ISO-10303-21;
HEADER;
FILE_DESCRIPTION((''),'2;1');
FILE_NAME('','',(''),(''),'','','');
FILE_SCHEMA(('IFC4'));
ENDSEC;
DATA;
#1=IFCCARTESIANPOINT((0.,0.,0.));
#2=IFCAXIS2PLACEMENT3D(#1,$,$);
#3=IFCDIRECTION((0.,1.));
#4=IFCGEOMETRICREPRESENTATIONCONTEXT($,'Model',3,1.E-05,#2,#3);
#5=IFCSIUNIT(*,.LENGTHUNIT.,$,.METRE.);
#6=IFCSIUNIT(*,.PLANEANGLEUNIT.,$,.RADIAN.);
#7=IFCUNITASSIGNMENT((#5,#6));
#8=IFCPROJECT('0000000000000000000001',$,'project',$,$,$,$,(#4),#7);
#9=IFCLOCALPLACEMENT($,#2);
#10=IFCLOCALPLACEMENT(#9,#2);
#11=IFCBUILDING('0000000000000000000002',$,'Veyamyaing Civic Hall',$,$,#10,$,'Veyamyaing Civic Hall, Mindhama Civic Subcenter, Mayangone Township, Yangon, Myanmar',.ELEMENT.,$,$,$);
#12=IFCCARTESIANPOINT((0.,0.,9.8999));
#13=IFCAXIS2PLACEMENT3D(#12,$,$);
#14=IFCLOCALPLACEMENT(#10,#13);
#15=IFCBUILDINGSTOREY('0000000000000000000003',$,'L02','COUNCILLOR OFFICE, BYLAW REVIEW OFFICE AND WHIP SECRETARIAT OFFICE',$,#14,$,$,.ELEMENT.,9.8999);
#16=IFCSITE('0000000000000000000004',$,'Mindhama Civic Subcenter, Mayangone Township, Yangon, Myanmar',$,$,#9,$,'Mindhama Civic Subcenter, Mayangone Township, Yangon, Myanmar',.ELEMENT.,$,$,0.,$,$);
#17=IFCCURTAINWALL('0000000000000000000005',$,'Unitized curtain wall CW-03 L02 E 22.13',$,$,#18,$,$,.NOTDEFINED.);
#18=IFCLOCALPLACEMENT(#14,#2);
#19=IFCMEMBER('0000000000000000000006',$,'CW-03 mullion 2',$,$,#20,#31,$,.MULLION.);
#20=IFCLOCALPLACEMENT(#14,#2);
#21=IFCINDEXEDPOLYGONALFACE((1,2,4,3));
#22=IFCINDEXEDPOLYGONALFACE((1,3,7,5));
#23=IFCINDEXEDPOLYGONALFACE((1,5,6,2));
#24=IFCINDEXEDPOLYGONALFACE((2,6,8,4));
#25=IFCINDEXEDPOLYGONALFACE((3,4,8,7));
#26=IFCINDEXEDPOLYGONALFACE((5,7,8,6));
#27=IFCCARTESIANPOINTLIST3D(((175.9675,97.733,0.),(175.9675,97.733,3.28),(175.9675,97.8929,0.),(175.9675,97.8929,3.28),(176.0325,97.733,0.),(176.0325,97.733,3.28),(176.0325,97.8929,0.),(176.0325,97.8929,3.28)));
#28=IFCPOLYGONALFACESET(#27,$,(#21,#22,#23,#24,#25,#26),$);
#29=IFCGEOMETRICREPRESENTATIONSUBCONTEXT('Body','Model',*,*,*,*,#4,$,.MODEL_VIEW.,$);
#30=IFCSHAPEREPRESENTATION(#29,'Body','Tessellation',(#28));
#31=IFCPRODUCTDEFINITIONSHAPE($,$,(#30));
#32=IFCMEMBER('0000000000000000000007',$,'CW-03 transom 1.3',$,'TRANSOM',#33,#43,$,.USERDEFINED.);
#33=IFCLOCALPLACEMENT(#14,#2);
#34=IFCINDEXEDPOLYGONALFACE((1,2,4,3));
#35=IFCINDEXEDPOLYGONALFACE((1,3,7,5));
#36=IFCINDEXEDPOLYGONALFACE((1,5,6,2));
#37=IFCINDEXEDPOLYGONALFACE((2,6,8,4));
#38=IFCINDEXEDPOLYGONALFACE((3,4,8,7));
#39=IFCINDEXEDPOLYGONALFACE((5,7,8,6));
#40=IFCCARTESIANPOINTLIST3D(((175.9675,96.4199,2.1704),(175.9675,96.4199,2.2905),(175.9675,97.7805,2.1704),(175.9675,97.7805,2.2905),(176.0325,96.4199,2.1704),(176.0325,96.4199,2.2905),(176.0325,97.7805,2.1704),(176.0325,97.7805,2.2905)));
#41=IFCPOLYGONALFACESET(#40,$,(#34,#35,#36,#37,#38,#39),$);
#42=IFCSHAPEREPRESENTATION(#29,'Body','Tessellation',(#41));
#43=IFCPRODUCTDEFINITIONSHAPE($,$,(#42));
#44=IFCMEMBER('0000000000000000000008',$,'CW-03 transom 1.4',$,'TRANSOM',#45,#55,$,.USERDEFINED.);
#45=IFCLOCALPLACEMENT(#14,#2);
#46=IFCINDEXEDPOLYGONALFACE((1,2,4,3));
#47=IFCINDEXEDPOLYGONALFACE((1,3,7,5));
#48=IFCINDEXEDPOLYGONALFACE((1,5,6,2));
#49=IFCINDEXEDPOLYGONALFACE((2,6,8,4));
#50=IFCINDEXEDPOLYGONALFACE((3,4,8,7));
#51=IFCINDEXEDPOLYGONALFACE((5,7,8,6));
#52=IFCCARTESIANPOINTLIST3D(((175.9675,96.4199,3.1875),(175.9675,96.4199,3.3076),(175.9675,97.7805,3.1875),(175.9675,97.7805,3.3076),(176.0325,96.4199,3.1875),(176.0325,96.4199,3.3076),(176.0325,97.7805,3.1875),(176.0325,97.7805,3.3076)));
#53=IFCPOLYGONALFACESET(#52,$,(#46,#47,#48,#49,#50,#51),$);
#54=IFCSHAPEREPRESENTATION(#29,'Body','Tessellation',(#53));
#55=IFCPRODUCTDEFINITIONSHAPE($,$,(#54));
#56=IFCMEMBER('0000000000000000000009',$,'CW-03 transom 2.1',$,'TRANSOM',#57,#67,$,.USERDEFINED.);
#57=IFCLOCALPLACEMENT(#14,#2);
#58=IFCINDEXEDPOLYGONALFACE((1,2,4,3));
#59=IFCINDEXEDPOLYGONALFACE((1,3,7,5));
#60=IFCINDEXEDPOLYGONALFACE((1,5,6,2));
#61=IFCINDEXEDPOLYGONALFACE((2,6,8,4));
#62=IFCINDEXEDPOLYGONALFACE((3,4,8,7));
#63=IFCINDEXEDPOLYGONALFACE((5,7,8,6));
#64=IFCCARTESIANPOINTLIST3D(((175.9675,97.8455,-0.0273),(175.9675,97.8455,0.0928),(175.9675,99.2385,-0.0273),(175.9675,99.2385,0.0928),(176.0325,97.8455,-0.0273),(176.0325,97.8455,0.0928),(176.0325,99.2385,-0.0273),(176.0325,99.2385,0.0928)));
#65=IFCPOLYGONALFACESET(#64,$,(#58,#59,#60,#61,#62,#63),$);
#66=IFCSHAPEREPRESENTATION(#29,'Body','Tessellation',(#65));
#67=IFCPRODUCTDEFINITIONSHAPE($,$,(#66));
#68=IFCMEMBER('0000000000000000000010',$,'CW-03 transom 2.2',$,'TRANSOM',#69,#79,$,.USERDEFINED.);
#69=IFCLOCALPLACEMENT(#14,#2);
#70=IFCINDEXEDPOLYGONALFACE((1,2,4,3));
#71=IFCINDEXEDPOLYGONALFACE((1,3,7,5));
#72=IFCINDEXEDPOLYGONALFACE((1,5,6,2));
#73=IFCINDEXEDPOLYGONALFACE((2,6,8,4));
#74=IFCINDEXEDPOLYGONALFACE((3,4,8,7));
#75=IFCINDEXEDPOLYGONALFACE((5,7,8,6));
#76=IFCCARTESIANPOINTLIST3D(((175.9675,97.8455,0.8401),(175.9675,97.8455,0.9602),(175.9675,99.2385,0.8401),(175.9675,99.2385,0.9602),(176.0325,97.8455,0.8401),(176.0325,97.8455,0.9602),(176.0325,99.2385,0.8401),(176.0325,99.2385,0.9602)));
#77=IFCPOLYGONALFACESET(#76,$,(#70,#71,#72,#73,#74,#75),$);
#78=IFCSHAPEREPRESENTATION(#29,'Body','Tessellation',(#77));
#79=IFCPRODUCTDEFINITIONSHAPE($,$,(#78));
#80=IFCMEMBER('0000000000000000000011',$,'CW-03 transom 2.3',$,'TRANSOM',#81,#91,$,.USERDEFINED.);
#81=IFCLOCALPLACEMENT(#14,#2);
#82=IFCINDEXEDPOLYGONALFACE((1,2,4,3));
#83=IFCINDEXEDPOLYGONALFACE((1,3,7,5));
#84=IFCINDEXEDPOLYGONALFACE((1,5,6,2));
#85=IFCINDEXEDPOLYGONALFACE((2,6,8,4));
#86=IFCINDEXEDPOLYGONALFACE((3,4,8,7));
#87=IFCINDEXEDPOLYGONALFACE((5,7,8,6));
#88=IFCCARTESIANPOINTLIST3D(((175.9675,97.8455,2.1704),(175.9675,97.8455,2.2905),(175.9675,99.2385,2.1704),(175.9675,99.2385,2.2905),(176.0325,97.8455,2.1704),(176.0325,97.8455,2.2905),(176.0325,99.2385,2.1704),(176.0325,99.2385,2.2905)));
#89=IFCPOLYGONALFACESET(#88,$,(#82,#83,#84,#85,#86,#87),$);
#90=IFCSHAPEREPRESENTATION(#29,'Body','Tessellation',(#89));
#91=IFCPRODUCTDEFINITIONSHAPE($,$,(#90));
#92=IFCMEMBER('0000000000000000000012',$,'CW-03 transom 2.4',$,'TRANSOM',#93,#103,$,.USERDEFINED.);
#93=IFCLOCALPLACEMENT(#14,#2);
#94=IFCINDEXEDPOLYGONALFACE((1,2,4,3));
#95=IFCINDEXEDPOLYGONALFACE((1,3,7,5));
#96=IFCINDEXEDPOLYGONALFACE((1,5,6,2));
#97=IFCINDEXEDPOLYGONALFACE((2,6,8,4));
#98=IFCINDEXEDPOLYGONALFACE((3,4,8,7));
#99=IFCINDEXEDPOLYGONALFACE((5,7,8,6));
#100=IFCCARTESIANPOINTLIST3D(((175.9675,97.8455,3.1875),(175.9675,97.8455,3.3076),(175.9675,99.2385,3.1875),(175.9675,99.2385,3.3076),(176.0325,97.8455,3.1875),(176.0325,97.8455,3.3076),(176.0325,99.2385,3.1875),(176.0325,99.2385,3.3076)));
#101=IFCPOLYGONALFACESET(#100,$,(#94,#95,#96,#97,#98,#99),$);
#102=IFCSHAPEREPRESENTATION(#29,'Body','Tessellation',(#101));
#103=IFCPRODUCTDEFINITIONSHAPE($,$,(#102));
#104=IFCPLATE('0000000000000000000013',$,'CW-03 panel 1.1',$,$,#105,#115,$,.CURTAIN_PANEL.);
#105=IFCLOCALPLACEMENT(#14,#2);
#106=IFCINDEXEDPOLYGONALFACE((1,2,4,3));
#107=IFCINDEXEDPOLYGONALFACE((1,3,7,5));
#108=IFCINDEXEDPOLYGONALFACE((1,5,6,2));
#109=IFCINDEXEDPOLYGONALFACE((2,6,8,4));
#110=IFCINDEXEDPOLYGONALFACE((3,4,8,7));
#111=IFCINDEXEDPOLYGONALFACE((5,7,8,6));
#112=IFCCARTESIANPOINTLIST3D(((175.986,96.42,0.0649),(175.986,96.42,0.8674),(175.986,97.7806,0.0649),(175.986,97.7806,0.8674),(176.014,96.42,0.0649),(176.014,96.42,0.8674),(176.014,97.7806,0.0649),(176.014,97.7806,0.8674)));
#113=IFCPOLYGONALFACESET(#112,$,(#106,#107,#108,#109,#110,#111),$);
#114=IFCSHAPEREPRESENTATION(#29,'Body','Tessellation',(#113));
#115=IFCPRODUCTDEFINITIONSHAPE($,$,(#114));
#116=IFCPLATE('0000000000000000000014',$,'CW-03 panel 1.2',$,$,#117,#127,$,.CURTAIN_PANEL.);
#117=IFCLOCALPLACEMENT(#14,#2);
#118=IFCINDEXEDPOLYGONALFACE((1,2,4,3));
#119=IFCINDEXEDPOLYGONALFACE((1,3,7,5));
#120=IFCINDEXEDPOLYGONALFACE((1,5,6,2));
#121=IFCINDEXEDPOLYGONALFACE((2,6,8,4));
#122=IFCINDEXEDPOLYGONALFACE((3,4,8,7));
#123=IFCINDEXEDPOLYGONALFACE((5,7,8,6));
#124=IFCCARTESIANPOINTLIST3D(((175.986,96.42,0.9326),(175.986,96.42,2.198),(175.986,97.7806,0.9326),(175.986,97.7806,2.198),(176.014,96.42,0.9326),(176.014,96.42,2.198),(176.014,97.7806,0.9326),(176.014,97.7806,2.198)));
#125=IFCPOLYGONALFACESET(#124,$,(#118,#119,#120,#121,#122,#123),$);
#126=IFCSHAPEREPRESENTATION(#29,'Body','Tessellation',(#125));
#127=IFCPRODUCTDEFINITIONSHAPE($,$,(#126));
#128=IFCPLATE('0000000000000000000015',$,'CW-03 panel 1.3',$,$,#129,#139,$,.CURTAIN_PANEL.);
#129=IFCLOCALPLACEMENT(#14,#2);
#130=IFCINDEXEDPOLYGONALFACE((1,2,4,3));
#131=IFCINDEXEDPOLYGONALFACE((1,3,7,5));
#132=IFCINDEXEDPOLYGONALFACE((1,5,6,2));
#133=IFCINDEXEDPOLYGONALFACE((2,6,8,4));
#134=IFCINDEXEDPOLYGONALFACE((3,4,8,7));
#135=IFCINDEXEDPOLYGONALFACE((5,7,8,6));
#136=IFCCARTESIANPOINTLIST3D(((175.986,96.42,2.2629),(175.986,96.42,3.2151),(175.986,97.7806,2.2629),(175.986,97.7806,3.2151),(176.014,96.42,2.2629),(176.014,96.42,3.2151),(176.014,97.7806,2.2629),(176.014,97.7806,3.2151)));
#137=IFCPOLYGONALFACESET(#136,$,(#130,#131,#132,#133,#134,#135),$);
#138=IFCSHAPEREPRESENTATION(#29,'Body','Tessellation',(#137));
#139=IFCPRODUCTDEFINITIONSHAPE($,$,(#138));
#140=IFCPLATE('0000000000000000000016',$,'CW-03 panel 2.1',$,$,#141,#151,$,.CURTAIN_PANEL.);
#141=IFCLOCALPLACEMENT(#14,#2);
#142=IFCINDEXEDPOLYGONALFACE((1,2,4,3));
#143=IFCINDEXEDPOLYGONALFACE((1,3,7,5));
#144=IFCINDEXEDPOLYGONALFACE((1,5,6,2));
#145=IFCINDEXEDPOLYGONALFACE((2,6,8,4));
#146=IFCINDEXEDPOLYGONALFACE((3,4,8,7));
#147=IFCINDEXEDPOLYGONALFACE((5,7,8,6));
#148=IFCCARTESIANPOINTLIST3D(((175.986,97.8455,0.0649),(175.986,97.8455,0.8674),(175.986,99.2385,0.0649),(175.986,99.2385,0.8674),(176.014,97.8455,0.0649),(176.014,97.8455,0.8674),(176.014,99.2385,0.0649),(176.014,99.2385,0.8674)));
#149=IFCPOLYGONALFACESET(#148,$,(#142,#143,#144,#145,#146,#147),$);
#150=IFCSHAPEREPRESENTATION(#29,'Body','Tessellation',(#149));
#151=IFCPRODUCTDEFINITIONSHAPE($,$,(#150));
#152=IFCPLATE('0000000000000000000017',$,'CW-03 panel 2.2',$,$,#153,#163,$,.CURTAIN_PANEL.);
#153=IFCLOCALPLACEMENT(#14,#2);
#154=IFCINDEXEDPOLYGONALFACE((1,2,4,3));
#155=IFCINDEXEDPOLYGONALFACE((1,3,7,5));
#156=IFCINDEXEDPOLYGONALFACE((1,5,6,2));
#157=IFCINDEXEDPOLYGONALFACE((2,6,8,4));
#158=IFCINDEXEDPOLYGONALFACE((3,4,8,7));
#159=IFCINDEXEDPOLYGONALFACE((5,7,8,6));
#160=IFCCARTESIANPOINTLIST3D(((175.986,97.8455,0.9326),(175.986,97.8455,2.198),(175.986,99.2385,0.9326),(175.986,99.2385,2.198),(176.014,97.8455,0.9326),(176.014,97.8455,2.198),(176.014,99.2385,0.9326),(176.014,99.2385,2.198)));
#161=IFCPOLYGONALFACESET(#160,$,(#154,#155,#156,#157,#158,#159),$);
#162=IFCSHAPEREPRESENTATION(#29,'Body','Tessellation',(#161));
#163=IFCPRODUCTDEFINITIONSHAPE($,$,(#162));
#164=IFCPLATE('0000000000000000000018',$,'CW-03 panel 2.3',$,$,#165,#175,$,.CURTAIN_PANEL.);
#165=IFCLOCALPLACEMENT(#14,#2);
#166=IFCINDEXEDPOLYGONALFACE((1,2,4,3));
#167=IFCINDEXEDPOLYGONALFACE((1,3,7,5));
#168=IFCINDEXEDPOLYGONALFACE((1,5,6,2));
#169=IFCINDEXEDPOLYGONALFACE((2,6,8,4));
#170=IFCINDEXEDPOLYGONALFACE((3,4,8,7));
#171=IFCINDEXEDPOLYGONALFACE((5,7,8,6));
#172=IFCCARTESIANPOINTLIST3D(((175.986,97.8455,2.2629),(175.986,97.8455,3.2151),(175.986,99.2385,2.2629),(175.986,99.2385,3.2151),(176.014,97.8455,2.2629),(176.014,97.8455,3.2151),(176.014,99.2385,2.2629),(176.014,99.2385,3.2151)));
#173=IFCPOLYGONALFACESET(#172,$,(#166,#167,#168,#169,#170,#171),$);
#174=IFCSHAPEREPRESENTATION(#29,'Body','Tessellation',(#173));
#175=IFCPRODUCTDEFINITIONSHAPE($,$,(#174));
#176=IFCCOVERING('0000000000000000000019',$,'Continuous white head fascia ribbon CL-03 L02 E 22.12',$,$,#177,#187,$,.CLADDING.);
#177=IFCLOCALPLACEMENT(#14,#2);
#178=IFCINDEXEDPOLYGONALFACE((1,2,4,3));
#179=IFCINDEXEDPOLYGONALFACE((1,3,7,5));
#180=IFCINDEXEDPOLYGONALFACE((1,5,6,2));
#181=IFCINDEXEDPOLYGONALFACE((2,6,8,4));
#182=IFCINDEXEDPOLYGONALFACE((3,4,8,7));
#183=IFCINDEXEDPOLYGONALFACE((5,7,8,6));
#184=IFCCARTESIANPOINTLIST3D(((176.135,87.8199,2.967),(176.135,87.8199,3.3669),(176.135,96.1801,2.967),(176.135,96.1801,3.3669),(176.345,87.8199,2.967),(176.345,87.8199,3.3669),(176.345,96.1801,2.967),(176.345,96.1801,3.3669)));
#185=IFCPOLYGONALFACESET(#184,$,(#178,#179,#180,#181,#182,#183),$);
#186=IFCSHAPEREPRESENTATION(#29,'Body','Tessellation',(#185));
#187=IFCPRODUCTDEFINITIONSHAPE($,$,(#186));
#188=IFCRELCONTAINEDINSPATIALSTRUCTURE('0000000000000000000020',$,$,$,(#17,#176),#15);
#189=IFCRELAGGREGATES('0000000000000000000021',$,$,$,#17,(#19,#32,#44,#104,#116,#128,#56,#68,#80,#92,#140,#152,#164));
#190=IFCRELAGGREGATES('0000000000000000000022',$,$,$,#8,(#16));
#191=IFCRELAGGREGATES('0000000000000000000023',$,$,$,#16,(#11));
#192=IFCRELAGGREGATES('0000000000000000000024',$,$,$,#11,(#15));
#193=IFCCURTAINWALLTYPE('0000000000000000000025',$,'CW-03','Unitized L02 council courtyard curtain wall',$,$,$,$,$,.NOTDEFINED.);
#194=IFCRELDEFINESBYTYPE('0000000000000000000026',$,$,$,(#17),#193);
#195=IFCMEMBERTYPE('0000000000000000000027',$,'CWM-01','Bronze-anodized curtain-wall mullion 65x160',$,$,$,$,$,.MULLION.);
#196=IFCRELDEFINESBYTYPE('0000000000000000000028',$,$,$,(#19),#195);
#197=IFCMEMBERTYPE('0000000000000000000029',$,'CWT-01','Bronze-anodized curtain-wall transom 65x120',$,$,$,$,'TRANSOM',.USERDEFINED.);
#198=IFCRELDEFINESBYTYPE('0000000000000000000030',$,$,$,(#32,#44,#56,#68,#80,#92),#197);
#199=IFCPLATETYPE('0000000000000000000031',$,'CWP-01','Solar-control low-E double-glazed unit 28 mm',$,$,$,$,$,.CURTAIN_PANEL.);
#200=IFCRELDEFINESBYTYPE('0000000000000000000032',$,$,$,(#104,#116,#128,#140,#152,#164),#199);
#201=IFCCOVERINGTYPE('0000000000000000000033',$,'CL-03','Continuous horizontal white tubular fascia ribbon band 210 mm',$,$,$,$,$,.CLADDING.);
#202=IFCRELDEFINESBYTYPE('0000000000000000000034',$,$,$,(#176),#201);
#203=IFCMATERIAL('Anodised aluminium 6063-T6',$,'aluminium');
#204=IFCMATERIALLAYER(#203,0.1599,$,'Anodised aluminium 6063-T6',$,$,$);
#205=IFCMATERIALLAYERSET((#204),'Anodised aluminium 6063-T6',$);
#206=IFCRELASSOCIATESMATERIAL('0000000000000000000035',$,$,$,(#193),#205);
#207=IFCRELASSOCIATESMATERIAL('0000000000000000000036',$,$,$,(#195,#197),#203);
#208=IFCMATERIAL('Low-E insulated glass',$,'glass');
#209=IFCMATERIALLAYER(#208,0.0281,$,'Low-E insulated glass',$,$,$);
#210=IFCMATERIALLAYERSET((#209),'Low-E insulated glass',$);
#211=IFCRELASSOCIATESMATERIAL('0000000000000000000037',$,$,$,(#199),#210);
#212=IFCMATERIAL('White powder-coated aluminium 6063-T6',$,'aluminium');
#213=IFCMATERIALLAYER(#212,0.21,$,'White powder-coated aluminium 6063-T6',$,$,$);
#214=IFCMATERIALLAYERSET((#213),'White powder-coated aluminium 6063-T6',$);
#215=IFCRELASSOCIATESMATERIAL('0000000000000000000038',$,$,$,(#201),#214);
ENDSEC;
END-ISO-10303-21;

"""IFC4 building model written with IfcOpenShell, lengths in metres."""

from ifc_helpers import new_model, si_unit, direction, frame, origin, origin_2d, place, context, subcontext, project, spatial, rectangle, extrude, material, layer, layer_set, material_profile, profile_set, type_object, element, aggregate, save


model = new_model("IFC4")

# Units and contexts
model_context = context("Model", 3, precision=1e-05, world=origin(), true_north=direction((0.0, 1.0)))
body_context = subcontext(model_context, "Body", "Model", "MODEL_VIEW")
ifc_project = project(units=[si_unit("LENGTHUNIT", "METRE"), si_unit("PLANEANGLEUNIT", "RADIAN")], contexts=[model_context])

# Site, building, storey
site_placement = place(None, origin())
site = spatial("IfcSite", under=ifc_project, at=site_placement, Name="Mindhama Civic Subcenter, Mayangone Township, Yangon, Myanmar", LongName="Mindhama Civic Subcenter, Mayangone Township, Yangon, Myanmar", CompositionType="ELEMENT", RefElevation=0.0)
building_placement = place(site_placement, origin())
building = spatial("IfcBuilding", under=site, at=building_placement, Name="Veyamyaing Civic Hall", LongName="Veyamyaing Civic Hall, Mindhama Civic Subcenter, Mayangone Township, Yangon, Myanmar", CompositionType="ELEMENT")
storey_placement = place(building_placement, frame((0.0, 0.0, 9.8999)))
storey = spatial("IfcBuildingStorey", under=building, at=storey_placement, Name="L02", Description="COUNCILLOR OFFICE, BYLAW REVIEW OFFICE AND WHIP SECRETARIAT OFFICE", CompositionType="ELEMENT", Elevation=9.8999)

# Curtain wall, members, plates
ifc_material_1 = material(Name="Anodised aluminium 6063-T6", Category="aluminium")
ifc_layer_1 = layer(ifc_material_1, 0.1599, Name="Anodised aluminium 6063-T6")
ifc_layer_set_1 = layer_set([ifc_layer_1], Name="Anodised aluminium 6063-T6")
curtain_wall_type = type_object("IfcCurtainWallType", Name="CW-03", Description="Unitized L02 council courtyard curtain wall", PredefinedType="NOTDEFINED", material=ifc_layer_set_1)
curtain_wall_placement = place(storey_placement, origin())
curtain_wall = element("IfcCurtainWall", 1, at=curtain_wall_placement, inside=storey, type_object=curtain_wall_type, Name="Unitized curtain wall CW-03 L02 E 22.13", PredefinedType="NOTDEFINED")
ifc_material_profile_1 = material_profile(ifc_material_1, rectangle(XDim=0.0649, YDim=0.1599, at=origin_2d()), Name="ALU-MUL-65X160")
ifc_profile_set_1 = profile_set([ifc_material_profile_1], Name="Anodised aluminium 6063-T6")
member_type_1 = type_object("IfcMemberType", Name="CWM-01", Description="Bronze-anodized curtain-wall mullion 65x160", PredefinedType="MULLION", material=ifc_profile_set_1)
member_1_placement = place(storey_placement, frame((176.0, 97.813, 0.0), z_axis=(0.0, 0.0, 1.0), x_axis=(-1.0, 0.0, 0.0)))
member_1 = element("IfcMember", 2, at=member_1_placement, type_object=member_type_1, Name="CW-03 mullion 2", PredefinedType="MULLION", context=body_context, shape_type="SweptSolid", body=[
    extrude(rectangle(XDim=0.0649, YDim=0.1599, at=origin_2d()), origin(), (0.0, 0.0, 1.0), 3.28),
])
ifc_material_profile_2 = material_profile(ifc_material_1, rectangle(XDim=0.0649, YDim=0.1201, at=origin_2d()), Name="ALU-TRN-65X120")
ifc_profile_set_2 = profile_set([ifc_material_profile_2], Name="Anodised aluminium 6063-T6")
member_type_2 = type_object("IfcMemberType", Name="CWT-01", Description="Bronze-anodized curtain-wall transom 65x120", ElementType="TRANSOM", PredefinedType="USERDEFINED", material=ifc_profile_set_2)
member_2_placement = place(storey_placement, frame((176.0, 96.4199, 2.2305), z_axis=(0.0, 1.0, 0.0), x_axis=(-1.0, 0.0, 0.0)))
member_2 = element("IfcMember", 3, at=member_2_placement, type_object=member_type_2, Name="CW-03 transom 1.3", ObjectType="TRANSOM", PredefinedType="USERDEFINED", context=body_context, shape_type="SweptSolid", body=[
    extrude(rectangle(XDim=0.0649, YDim=0.1201, at=origin_2d()), origin(), (0.0, 0.0, 1.0), 1.3606),
])
member_3_placement = place(storey_placement, frame((176.0, 96.4199, 3.2476), z_axis=(0.0, 1.0, 0.0), x_axis=(-1.0, 0.0, 0.0)))
member_3 = element("IfcMember", 4, at=member_3_placement, type_object=member_type_2, Name="CW-03 transom 1.4", ObjectType="TRANSOM", PredefinedType="USERDEFINED", context=body_context, shape_type="SweptSolid", body=[
    extrude(rectangle(XDim=0.0649, YDim=0.1201, at=origin_2d()), origin(), (0.0, 0.0, 1.0), 1.3606),
])
member_4_placement = place(storey_placement, frame((176.0, 97.8455, 0.0327), z_axis=(0.0, 1.0, 0.0), x_axis=(-1.0, 0.0, 0.0)))
member_4 = element("IfcMember", 5, at=member_4_placement, type_object=member_type_2, Name="CW-03 transom 2.1", ObjectType="TRANSOM", PredefinedType="USERDEFINED", context=body_context, shape_type="SweptSolid", body=[
    extrude(rectangle(XDim=0.0649, YDim=0.1201, at=origin_2d()), origin(), (0.0, 0.0, 1.0), 1.3931),
])
member_5_placement = place(storey_placement, frame((176.0, 97.8455, 0.9001), z_axis=(0.0, 1.0, 0.0), x_axis=(-1.0, 0.0, 0.0)))
member_5 = element("IfcMember", 6, at=member_5_placement, type_object=member_type_2, Name="CW-03 transom 2.2", ObjectType="TRANSOM", PredefinedType="USERDEFINED", context=body_context, shape_type="SweptSolid", body=[
    extrude(rectangle(XDim=0.0649, YDim=0.1201, at=origin_2d()), origin(), (0.0, 0.0, 1.0), 1.3931),
])
member_6_placement = place(storey_placement, frame((176.0, 97.8455, 2.2305), z_axis=(0.0, 1.0, 0.0), x_axis=(-1.0, 0.0, 0.0)))
member_6 = element("IfcMember", 7, at=member_6_placement, type_object=member_type_2, Name="CW-03 transom 2.3", ObjectType="TRANSOM", PredefinedType="USERDEFINED", context=body_context, shape_type="SweptSolid", body=[
    extrude(rectangle(XDim=0.0649, YDim=0.1201, at=origin_2d()), origin(), (0.0, 0.0, 1.0), 1.3931),
])
member_7_placement = place(storey_placement, frame((176.0, 97.8455, 3.2476), z_axis=(0.0, 1.0, 0.0), x_axis=(-1.0, 0.0, 0.0)))
member_7 = element("IfcMember", 8, at=member_7_placement, type_object=member_type_2, Name="CW-03 transom 2.4", ObjectType="TRANSOM", PredefinedType="USERDEFINED", context=body_context, shape_type="SweptSolid", body=[
    extrude(rectangle(XDim=0.0649, YDim=0.1201, at=origin_2d()), origin(), (0.0, 0.0, 1.0), 1.3931),
])
ifc_material_2 = material(Name="Low-E insulated glass", Category="glass")
ifc_layer_2 = layer(ifc_material_2, 0.0281, Name="Low-E insulated glass")
ifc_layer_set_2 = layer_set([ifc_layer_2], Name="Low-E insulated glass")
plate_type = type_object("IfcPlateType", Name="CWP-01", Description="Solar-control low-E double-glazed unit 28 mm", PredefinedType="CURTAIN_PANEL", material=ifc_layer_set_2)
plate_1_placement = place(storey_placement, frame((176.0, 97.1003, 0.0649), z_axis=(0.0, 0.0, 1.0), x_axis=(0.0, 1.0, 0.0)))
plate_1 = element("IfcPlate", 9, at=plate_1_placement, type_object=plate_type, Name="CW-03 panel 1.1", PredefinedType="CURTAIN_PANEL", context=body_context, shape_type="SweptSolid", body=[
    extrude(rectangle(XDim=1.3606, YDim=0.0281, at=origin_2d()), origin(), (0.0, 0.0, 1.0), 0.8025),
])
plate_2_placement = place(storey_placement, frame((176.0, 97.1003, 0.9326), z_axis=(0.0, 0.0, 1.0), x_axis=(0.0, 1.0, 0.0)))
plate_2 = element("IfcPlate", 10, at=plate_2_placement, type_object=plate_type, Name="CW-03 panel 1.2", PredefinedType="CURTAIN_PANEL", context=body_context, shape_type="SweptSolid", body=[
    extrude(rectangle(XDim=1.3606, YDim=0.0281, at=origin_2d()), origin(), (0.0, 0.0, 1.0), 1.2654),
])
plate_3_placement = place(storey_placement, frame((176.0, 97.1003, 2.2629), z_axis=(0.0, 0.0, 1.0), x_axis=(0.0, 1.0, 0.0)))
plate_3 = element("IfcPlate", 11, at=plate_3_placement, type_object=plate_type, Name="CW-03 panel 1.3", PredefinedType="CURTAIN_PANEL", context=body_context, shape_type="SweptSolid", body=[
    extrude(rectangle(XDim=1.3606, YDim=0.0281, at=origin_2d()), origin(), (0.0, 0.0, 1.0), 0.9521),
])
plate_4_placement = place(storey_placement, frame((176.0, 98.542, 0.0649), z_axis=(0.0, 0.0, 1.0), x_axis=(0.0, 1.0, 0.0)))
plate_4 = element("IfcPlate", 12, at=plate_4_placement, type_object=plate_type, Name="CW-03 panel 2.1", PredefinedType="CURTAIN_PANEL", context=body_context, shape_type="SweptSolid", body=[
    extrude(rectangle(XDim=1.3931, YDim=0.0281, at=origin_2d()), origin(), (0.0, 0.0, 1.0), 0.8025),
])
plate_5_placement = place(storey_placement, frame((176.0, 98.542, 0.9326), z_axis=(0.0, 0.0, 1.0), x_axis=(0.0, 1.0, 0.0)))
plate_5 = element("IfcPlate", 13, at=plate_5_placement, type_object=plate_type, Name="CW-03 panel 2.2", PredefinedType="CURTAIN_PANEL", context=body_context, shape_type="SweptSolid", body=[
    extrude(rectangle(XDim=1.3931, YDim=0.0281, at=origin_2d()), origin(), (0.0, 0.0, 1.0), 1.2654),
])
plate_6_placement = place(storey_placement, frame((176.0, 98.542, 2.2629), z_axis=(0.0, 0.0, 1.0), x_axis=(0.0, 1.0, 0.0)))
plate_6 = element("IfcPlate", 14, at=plate_6_placement, type_object=plate_type, Name="CW-03 panel 2.3", PredefinedType="CURTAIN_PANEL", context=body_context, shape_type="SweptSolid", body=[
    extrude(rectangle(XDim=1.3931, YDim=0.0281, at=origin_2d()), origin(), (0.0, 0.0, 1.0), 0.9521),
])
aggregate(curtain_wall, [member_1, member_2, member_3, plate_1, plate_2, plate_3, member_4, member_5, member_6, member_7, plate_4, plate_5, plate_6])

# Covering
ifc_material_3 = material(Name="White powder-coated aluminium 6063-T6", Category="aluminium")
ifc_layer_3 = layer(ifc_material_3, 0.21, Name="White powder-coated aluminium 6063-T6")
ifc_layer_set_3 = layer_set([ifc_layer_3], Name="White powder-coated aluminium 6063-T6")
covering_type = type_object("IfcCoveringType", Name="CL-03", Description="Continuous horizontal white tubular fascia ribbon band 210 mm", PredefinedType="CLADDING", material=ifc_layer_set_3)
for number, where, z_axis, x_axis, name in (
    (15, (176.24, 92.0, 2.967), (0.0, 0.0, 1.0), (0.0, 1.0, 0.0), "Continuous white head fascia ribbon CL-03 L02 E 22.12"),
):
    element("IfcCovering", number, at=place(storey_placement, frame(where, z_axis=z_axis, x_axis=x_axis)), inside=storey, type_object=covering_type, Name=name, PredefinedType="CLADDING", context=body_context, shape_type="SweptSolid", body=[
        extrude(rectangle(XDim=8.3601, YDim=0.21, at=origin_2d()), origin(), (0.0, 0.0, 1.0), 0.3999),
    ])

save(model, "model.ifc")
